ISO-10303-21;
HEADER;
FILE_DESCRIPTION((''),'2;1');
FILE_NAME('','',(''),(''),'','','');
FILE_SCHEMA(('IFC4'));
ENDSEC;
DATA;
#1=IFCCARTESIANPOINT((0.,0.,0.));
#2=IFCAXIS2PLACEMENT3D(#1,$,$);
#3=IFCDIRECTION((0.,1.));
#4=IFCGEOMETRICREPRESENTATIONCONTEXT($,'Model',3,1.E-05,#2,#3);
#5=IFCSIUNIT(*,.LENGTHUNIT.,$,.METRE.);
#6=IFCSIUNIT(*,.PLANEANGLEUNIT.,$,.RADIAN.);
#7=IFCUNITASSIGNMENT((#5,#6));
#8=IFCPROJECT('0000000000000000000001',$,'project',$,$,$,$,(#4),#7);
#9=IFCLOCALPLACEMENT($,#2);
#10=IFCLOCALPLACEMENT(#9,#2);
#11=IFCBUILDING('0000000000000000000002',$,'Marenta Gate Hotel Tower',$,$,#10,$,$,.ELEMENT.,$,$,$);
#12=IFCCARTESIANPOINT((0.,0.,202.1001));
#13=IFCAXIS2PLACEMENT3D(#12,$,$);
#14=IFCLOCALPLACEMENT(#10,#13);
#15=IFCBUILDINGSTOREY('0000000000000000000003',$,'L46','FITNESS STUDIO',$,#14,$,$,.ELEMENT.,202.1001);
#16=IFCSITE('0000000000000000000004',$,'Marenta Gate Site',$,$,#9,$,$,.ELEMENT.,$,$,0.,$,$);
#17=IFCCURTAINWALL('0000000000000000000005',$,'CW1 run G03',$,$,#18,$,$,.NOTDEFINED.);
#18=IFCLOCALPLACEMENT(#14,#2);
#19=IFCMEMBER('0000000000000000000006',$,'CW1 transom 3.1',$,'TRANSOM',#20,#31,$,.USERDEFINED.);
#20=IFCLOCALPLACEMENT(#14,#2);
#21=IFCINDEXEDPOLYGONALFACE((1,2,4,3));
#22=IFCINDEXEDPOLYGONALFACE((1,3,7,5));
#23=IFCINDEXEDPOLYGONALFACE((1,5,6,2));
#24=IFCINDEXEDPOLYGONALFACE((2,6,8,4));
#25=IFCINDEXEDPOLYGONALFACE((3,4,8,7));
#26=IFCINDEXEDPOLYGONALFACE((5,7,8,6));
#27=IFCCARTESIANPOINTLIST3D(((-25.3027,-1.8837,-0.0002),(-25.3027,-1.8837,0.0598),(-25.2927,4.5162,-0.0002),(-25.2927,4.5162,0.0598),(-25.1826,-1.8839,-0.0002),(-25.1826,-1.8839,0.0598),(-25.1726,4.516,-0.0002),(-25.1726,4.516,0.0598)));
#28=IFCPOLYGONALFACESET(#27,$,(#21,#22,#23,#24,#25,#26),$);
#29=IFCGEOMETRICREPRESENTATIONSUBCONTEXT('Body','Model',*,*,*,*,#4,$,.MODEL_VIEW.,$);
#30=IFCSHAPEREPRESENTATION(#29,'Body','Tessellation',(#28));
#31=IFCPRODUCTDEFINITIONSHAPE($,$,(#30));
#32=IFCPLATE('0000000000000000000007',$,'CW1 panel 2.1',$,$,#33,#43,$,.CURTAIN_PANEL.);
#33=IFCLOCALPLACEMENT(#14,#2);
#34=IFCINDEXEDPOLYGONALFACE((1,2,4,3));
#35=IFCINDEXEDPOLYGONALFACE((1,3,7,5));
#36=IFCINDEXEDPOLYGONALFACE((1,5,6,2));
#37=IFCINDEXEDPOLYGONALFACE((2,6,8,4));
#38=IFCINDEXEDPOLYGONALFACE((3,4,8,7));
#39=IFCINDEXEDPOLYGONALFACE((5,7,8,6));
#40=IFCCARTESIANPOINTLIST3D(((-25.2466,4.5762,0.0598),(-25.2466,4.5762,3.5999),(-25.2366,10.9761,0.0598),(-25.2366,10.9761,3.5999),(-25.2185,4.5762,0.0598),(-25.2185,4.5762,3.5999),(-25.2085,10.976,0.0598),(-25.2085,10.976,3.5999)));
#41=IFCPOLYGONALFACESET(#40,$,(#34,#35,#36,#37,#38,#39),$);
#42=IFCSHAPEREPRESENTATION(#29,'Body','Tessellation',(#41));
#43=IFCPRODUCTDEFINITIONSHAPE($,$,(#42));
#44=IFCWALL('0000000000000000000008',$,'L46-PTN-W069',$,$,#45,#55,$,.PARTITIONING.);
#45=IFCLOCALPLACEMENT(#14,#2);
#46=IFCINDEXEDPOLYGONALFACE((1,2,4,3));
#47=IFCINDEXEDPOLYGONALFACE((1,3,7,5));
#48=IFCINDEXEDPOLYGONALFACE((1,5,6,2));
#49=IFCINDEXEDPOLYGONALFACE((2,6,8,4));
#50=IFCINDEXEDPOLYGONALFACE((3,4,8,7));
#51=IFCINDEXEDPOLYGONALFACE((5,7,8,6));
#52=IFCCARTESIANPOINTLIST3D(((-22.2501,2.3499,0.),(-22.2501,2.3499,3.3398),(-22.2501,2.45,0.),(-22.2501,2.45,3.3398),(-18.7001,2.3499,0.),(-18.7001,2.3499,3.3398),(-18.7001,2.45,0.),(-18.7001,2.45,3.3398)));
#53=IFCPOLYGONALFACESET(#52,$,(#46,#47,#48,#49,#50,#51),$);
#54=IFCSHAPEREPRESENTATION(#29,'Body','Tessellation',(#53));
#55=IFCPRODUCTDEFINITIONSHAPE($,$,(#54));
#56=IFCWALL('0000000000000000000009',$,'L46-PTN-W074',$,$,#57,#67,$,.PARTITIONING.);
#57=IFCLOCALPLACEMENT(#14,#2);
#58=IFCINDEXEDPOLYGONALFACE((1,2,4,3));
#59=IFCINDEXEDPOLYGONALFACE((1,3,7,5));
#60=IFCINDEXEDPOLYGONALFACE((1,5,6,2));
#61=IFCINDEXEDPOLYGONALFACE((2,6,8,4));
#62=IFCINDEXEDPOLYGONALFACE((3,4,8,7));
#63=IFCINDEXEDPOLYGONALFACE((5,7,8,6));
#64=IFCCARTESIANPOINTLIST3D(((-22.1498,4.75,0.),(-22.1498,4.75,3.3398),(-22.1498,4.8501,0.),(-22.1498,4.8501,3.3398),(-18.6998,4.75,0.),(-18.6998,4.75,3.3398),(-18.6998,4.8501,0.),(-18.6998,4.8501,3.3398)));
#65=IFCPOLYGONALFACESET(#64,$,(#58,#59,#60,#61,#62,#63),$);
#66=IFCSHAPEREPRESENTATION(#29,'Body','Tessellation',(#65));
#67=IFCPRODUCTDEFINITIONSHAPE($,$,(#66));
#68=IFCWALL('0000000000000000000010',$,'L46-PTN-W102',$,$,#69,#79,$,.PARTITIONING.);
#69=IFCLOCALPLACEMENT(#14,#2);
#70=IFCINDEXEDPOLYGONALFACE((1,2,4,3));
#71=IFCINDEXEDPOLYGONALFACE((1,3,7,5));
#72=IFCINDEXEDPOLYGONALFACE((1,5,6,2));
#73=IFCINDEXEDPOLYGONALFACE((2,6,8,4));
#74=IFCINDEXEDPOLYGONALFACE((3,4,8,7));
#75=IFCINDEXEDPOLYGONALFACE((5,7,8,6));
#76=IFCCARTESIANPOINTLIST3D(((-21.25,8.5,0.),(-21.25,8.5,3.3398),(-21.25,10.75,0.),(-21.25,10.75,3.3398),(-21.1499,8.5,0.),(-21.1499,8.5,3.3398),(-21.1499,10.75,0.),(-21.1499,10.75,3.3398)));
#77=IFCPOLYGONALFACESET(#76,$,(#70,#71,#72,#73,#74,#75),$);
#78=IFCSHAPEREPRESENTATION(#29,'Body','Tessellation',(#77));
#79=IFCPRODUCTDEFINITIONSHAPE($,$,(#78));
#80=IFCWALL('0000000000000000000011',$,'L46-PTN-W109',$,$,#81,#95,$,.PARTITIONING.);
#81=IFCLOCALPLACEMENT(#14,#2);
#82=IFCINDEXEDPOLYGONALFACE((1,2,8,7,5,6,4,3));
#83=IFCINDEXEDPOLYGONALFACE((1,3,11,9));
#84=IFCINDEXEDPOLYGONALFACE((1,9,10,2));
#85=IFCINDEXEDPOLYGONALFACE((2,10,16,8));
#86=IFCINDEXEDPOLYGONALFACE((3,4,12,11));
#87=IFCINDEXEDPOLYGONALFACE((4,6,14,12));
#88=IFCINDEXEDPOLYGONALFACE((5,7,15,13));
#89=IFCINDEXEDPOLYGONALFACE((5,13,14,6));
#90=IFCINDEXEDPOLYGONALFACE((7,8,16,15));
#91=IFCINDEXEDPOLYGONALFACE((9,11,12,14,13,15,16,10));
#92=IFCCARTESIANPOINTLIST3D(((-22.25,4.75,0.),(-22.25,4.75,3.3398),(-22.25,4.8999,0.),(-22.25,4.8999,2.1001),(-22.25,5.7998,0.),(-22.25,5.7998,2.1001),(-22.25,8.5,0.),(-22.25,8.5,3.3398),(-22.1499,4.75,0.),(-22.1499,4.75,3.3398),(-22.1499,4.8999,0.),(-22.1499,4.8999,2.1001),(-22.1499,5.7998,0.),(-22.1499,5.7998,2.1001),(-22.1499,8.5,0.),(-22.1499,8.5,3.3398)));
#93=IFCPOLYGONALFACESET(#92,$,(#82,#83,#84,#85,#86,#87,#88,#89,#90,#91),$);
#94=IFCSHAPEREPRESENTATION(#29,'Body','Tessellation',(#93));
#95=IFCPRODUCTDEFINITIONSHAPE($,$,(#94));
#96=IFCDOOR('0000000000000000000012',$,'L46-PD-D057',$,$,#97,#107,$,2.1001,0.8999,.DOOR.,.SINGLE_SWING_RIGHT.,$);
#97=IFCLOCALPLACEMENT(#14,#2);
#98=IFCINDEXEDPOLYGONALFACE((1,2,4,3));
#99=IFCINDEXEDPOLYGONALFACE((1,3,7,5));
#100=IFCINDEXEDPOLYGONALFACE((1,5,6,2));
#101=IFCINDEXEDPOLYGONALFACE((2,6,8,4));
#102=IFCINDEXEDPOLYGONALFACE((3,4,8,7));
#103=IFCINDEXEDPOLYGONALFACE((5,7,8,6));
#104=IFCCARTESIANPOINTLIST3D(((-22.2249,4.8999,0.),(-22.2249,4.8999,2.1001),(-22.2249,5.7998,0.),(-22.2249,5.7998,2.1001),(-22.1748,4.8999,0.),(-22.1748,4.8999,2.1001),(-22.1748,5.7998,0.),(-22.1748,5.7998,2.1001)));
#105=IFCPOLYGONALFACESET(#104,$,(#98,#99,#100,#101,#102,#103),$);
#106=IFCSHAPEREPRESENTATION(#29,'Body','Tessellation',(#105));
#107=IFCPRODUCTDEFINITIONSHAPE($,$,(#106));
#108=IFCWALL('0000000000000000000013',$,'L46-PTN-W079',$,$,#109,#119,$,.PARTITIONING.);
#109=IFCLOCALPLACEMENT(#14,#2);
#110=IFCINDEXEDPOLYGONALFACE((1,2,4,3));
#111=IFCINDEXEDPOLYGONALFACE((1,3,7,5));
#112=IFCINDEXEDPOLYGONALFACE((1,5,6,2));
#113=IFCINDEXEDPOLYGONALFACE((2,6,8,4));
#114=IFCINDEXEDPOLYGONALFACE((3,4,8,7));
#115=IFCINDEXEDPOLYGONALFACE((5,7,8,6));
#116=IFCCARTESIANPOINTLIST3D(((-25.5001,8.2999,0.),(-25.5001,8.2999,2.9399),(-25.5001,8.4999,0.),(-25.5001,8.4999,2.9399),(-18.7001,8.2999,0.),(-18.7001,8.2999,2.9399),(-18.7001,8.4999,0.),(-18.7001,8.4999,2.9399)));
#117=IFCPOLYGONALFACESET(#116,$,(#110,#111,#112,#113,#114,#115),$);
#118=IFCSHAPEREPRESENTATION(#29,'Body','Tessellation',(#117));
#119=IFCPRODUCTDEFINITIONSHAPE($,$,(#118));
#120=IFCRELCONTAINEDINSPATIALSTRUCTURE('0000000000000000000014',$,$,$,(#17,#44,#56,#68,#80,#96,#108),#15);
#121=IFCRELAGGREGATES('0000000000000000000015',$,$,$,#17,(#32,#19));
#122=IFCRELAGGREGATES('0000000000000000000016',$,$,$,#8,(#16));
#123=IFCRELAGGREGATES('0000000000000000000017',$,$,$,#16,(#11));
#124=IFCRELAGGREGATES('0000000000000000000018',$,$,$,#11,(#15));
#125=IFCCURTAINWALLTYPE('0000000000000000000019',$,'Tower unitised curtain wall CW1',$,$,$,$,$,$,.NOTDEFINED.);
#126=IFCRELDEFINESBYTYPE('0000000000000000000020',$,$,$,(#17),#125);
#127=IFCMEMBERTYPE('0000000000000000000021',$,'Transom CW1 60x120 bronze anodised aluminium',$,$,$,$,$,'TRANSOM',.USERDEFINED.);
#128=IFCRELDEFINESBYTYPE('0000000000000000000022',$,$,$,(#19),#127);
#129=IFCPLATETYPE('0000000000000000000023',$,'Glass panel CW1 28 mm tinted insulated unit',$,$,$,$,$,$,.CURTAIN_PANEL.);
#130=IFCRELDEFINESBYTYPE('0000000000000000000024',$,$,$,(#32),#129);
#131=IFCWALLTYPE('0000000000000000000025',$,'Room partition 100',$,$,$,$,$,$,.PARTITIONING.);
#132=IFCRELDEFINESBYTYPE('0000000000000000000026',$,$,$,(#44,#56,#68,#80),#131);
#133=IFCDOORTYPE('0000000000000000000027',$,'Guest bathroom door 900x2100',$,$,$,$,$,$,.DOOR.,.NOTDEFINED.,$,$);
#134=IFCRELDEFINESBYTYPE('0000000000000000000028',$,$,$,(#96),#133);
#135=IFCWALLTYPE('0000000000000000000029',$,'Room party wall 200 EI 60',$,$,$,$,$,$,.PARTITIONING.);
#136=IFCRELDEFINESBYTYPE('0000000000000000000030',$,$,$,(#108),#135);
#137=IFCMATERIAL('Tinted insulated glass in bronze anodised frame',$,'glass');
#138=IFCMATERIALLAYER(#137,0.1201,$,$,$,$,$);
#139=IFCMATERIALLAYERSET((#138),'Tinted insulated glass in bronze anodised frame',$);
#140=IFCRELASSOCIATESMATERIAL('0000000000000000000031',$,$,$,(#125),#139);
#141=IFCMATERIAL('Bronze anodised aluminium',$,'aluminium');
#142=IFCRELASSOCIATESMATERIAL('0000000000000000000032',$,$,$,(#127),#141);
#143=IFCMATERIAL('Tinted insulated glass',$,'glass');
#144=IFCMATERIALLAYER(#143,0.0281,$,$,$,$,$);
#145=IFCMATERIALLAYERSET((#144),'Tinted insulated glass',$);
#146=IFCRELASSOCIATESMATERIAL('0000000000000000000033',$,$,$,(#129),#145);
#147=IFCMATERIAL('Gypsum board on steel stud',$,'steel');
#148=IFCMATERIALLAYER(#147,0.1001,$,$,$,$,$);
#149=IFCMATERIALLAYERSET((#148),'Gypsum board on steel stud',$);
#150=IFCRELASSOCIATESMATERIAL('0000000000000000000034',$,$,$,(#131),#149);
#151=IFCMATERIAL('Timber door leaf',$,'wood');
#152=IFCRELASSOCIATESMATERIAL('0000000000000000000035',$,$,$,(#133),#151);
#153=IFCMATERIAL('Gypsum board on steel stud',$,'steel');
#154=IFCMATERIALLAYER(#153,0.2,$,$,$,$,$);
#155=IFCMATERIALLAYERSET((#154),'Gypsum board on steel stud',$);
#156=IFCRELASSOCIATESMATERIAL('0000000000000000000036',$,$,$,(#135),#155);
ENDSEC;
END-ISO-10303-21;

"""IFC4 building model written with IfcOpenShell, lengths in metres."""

from ifc_helpers import new_model, si_unit, direction, frame, frame_2d, origin, origin_2d, place, context, subcontext, project, spatial, rectangle, extrude, material, layer, layer_set, material_profile, profile_set, type_object, element, fill, aggregate, save


model = new_model("IFC4")

# Units and contexts
model_context = context("Model", 3, precision=1e-05, world=origin(), true_north=direction((0.0, 1.0)))
body_context = subcontext(model_context, "Body", "Model", "MODEL_VIEW")
ifc_project = project(units=[si_unit("LENGTHUNIT", "METRE"), si_unit("PLANEANGLEUNIT", "RADIAN")], contexts=[model_context])

# Site, building, storey
site_placement = place(None, origin())
site = spatial("IfcSite", under=ifc_project, at=site_placement, Name="Marenta Gate Site", CompositionType="ELEMENT", RefElevation=0.0)
building_placement = place(site_placement, origin())
building = spatial("IfcBuilding", under=site, at=building_placement, Name="Marenta Gate Hotel Tower", CompositionType="ELEMENT")
storey_placement = place(building_placement, frame((0.0, 0.0, 202.1001)))
storey = spatial("IfcBuildingStorey", under=building, at=storey_placement, Name="L46", Description="FITNESS STUDIO", CompositionType="ELEMENT", Elevation=202.1001)

# Curtain wall, member, plate
ifc_material_1 = material(Name="Tinted insulated glass in bronze anodised frame", Category="glass")
ifc_layer_1 = layer(ifc_material_1, 0.1201)
ifc_layer_set_1 = layer_set([ifc_layer_1], Name="Tinted insulated glass in bronze anodised frame")
curtain_wall_type = type_object("IfcCurtainWallType", Name="Tower unitised curtain wall CW1", PredefinedType="NOTDEFINED", material=ifc_layer_set_1)
curtain_wall_placement = place(storey_placement, origin())
curtain_wall = element("IfcCurtainWall", 1, at=curtain_wall_placement, inside=storey, type_object=curtain_wall_type, Name="CW1 run G03", PredefinedType="NOTDEFINED")
ifc_material_2 = material(Name="Bronze anodised aluminium", Category="aluminium")
ifc_material_profile_1 = material_profile(ifc_material_2, rectangle(XDim=0.1201, YDim=0.0601, at=origin_2d()), Name="Transom CW1 60x120 bronze anodised aluminium")
ifc_profile_set_1 = profile_set([ifc_material_profile_1], Name="Bronze anodised aluminium")
member_type_1 = type_object("IfcMemberType", Name="Transom CW1 60x120 bronze anodised aluminium", ElementType="TRANSOM", PredefinedType="USERDEFINED", material=ifc_profile_set_1)
member_1_placement = place(storey_placement, frame((-25.2327, 4.5161, 0.0298), z_axis=(-0.001564, -0.999999, 0.0), x_axis=(0.999999, -0.001564, 0.0)))
member_1 = element("IfcMember", 2, at=member_1_placement, type_object=member_type_1, Name="CW1 transom 3.1", ObjectType="TRANSOM", PredefinedType="USERDEFINED", context=body_context, shape_type="SweptSolid", body=[
    extrude(rectangle(XDim=0.1201, YDim=0.0601, at=origin_2d()), origin(), (0.0, 0.0, 1.0), 6.3999),
])
ifc_material_3 = material(Name="Tinted insulated glass", Category="glass")
ifc_layer_2 = layer(ifc_material_3, 0.0281)
ifc_layer_set_2 = layer_set([ifc_layer_2], Name="Tinted insulated glass")
plate_type = type_object("IfcPlateType", Name="Glass panel CW1 28 mm tinted insulated unit", PredefinedType="CURTAIN_PANEL", material=ifc_layer_set_2)
plate_placement = place(storey_placement, frame((-25.2275, 7.7761, 0.0598), z_axis=(0.0, 0.0, 1.0), x_axis=(-0.001566, -0.999999, 0.0)))
plate = element("IfcPlate", 3, at=plate_placement, type_object=plate_type, Name="CW1 panel 2.1", PredefinedType="CURTAIN_PANEL", context=body_context, shape_type="SweptSolid", body=[
    extrude(rectangle(XDim=6.3999, YDim=0.0281, at=origin_2d()), origin(), (0.0, 0.0, 1.0), 3.54),
])
aggregate(curtain_wall, [plate, member_1])

# Walls
ifc_material_4 = material(Name="Gypsum board on steel stud", Category="steel")
ifc_layer_3 = layer(ifc_material_4, 0.1001)
ifc_layer_set_3 = layer_set([ifc_layer_3], Name="Gypsum board on steel stud")
wall_type_1 = type_object("IfcWallType", Name="Room partition 100", PredefinedType="PARTITIONING", material=ifc_layer_set_3)
wall_1_placement = place(storey_placement, frame((-22.25, 2.3999, 0.0), z_axis=(0.0, 0.0, 1.0), x_axis=(1.0, 0.0, 0.0)))
element("IfcWall", 4, at=wall_1_placement, inside=storey, type_object=wall_type_1, Name="L46-PTN-W069", PredefinedType="PARTITIONING", context=body_context, shape_type="SweptSolid", body=[
    extrude(rectangle(XDim=3.55, YDim=0.1001, at=frame_2d((1.7749, 0.0))), origin(), (0.0, 0.0, 1.0), 3.3398),
])
wall_2_placement = place(storey_placement, frame((-22.1499, 4.8, 0.0), z_axis=(0.0, 0.0, 1.0), x_axis=(1.0, 0.0, 0.0)))
element("IfcWall", 5, at=wall_2_placement, inside=storey, type_object=wall_type_1, Name="L46-PTN-W074", PredefinedType="PARTITIONING", context=body_context, shape_type="SweptSolid", body=[
    extrude(rectangle(XDim=3.45, YDim=0.1001, at=frame_2d((1.7251, 0.0))), origin(), (0.0, 0.0, 1.0), 3.3398),
])
wall_3_placement = place(storey_placement, frame((-21.2, 8.5, 0.0), z_axis=(0.0, 0.0, 1.0), x_axis=(0.0, 1.0, 0.0)))
element("IfcWall", 6, at=wall_3_placement, inside=storey, type_object=wall_type_1, Name="L46-PTN-W102", PredefinedType="PARTITIONING", context=body_context, shape_type="SweptSolid", body=[
    extrude(rectangle(XDim=2.25, YDim=0.1001, at=frame_2d((1.125, 0.0))), origin(), (0.0, 0.0, 1.0), 3.3398),
])

# Wall, opening, door
wall_4_placement = place(storey_placement, frame((-22.2, 4.75, 0.0), z_axis=(0.0, 0.0, 1.0), x_axis=(0.0, 1.0, 0.0)))
wall_4 = element("IfcWall", 7, at=wall_4_placement, inside=storey, type_object=wall_type_1, Name="L46-PTN-W109", PredefinedType="PARTITIONING", context=body_context, shape_type="SweptSolid", body=[
    extrude(rectangle(XDim=3.75, YDim=0.1001, at=frame_2d((1.875, 0.0))), origin(), (0.0, 0.0, 1.0), 3.3398),
])
opening_placement = place(wall_4_placement, frame((0.1499, 0.0, 0.0)))
opening = element("IfcOpeningElement", 8, at=opening_placement, cuts=wall_4, PredefinedType="OPENING", context=body_context, shape_type="SweptSolid", body=[
    extrude(rectangle(XDim=0.8999, YDim=2.1001, at=frame_2d((0.45, 1.05))), frame((0.0, 0.05, 0.0), z_axis=(0.0, -1.0, 0.0), x_axis=(1.0, 0.0, 0.0)), (0.0, 0.0, 1.0), 0.1001),
])
ifc_material_5 = material(Name="Timber door leaf", Category="wood")
door_type = type_object("IfcDoorType", Name="Guest bathroom door 900x2100", OperationType="NOTDEFINED", PredefinedType="DOOR", material=ifc_material_5)
door_placement = place(opening_placement, origin())
door = element("IfcDoor", 9, at=door_placement, inside=storey, type_object=door_type, Name="L46-PD-D057", OperationType="SINGLE_SWING_RIGHT", OverallHeight=2.1001, OverallWidth=0.8999, PredefinedType="DOOR", context=body_context, shape_type="SweptSolid", body=[
    extrude(rectangle(XDim=0.8999, YDim=2.1001, at=frame_2d((0.45, 1.05))), frame((0.0, 0.0249, 0.0), z_axis=(0.0, -1.0, 0.0), x_axis=(1.0, 0.0, 0.0)), (0.0, 0.0, 1.0), 0.05),
])
fill(opening, door)

# Wall
ifc_material_6 = material(Name="Gypsum board on steel stud", Category="steel")
ifc_layer_4 = layer(ifc_material_6, 0.2)
ifc_layer_set_4 = layer_set([ifc_layer_4], Name="Gypsum board on steel stud")
wall_type_2 = type_object("IfcWallType", Name="Room party wall 200 EI 60", PredefinedType="PARTITIONING", material=ifc_layer_set_4)
wall_5_placement = place(storey_placement, frame((-25.5, 8.3999, 0.0), z_axis=(0.0, 0.0, 1.0), x_axis=(1.0, 0.0, 0.0)))
element("IfcWall", 10, at=wall_5_placement, inside=storey, type_object=wall_type_2, Name="L46-PTN-W079", PredefinedType="PARTITIONING", context=body_context, shape_type="SweptSolid", body=[
    extrude(rectangle(XDim=6.8, YDim=0.2, at=frame_2d((3.3999, 0.0))), origin(), (0.0, 0.0, 1.0), 2.9399),
])

save(model, "model.ifc")
